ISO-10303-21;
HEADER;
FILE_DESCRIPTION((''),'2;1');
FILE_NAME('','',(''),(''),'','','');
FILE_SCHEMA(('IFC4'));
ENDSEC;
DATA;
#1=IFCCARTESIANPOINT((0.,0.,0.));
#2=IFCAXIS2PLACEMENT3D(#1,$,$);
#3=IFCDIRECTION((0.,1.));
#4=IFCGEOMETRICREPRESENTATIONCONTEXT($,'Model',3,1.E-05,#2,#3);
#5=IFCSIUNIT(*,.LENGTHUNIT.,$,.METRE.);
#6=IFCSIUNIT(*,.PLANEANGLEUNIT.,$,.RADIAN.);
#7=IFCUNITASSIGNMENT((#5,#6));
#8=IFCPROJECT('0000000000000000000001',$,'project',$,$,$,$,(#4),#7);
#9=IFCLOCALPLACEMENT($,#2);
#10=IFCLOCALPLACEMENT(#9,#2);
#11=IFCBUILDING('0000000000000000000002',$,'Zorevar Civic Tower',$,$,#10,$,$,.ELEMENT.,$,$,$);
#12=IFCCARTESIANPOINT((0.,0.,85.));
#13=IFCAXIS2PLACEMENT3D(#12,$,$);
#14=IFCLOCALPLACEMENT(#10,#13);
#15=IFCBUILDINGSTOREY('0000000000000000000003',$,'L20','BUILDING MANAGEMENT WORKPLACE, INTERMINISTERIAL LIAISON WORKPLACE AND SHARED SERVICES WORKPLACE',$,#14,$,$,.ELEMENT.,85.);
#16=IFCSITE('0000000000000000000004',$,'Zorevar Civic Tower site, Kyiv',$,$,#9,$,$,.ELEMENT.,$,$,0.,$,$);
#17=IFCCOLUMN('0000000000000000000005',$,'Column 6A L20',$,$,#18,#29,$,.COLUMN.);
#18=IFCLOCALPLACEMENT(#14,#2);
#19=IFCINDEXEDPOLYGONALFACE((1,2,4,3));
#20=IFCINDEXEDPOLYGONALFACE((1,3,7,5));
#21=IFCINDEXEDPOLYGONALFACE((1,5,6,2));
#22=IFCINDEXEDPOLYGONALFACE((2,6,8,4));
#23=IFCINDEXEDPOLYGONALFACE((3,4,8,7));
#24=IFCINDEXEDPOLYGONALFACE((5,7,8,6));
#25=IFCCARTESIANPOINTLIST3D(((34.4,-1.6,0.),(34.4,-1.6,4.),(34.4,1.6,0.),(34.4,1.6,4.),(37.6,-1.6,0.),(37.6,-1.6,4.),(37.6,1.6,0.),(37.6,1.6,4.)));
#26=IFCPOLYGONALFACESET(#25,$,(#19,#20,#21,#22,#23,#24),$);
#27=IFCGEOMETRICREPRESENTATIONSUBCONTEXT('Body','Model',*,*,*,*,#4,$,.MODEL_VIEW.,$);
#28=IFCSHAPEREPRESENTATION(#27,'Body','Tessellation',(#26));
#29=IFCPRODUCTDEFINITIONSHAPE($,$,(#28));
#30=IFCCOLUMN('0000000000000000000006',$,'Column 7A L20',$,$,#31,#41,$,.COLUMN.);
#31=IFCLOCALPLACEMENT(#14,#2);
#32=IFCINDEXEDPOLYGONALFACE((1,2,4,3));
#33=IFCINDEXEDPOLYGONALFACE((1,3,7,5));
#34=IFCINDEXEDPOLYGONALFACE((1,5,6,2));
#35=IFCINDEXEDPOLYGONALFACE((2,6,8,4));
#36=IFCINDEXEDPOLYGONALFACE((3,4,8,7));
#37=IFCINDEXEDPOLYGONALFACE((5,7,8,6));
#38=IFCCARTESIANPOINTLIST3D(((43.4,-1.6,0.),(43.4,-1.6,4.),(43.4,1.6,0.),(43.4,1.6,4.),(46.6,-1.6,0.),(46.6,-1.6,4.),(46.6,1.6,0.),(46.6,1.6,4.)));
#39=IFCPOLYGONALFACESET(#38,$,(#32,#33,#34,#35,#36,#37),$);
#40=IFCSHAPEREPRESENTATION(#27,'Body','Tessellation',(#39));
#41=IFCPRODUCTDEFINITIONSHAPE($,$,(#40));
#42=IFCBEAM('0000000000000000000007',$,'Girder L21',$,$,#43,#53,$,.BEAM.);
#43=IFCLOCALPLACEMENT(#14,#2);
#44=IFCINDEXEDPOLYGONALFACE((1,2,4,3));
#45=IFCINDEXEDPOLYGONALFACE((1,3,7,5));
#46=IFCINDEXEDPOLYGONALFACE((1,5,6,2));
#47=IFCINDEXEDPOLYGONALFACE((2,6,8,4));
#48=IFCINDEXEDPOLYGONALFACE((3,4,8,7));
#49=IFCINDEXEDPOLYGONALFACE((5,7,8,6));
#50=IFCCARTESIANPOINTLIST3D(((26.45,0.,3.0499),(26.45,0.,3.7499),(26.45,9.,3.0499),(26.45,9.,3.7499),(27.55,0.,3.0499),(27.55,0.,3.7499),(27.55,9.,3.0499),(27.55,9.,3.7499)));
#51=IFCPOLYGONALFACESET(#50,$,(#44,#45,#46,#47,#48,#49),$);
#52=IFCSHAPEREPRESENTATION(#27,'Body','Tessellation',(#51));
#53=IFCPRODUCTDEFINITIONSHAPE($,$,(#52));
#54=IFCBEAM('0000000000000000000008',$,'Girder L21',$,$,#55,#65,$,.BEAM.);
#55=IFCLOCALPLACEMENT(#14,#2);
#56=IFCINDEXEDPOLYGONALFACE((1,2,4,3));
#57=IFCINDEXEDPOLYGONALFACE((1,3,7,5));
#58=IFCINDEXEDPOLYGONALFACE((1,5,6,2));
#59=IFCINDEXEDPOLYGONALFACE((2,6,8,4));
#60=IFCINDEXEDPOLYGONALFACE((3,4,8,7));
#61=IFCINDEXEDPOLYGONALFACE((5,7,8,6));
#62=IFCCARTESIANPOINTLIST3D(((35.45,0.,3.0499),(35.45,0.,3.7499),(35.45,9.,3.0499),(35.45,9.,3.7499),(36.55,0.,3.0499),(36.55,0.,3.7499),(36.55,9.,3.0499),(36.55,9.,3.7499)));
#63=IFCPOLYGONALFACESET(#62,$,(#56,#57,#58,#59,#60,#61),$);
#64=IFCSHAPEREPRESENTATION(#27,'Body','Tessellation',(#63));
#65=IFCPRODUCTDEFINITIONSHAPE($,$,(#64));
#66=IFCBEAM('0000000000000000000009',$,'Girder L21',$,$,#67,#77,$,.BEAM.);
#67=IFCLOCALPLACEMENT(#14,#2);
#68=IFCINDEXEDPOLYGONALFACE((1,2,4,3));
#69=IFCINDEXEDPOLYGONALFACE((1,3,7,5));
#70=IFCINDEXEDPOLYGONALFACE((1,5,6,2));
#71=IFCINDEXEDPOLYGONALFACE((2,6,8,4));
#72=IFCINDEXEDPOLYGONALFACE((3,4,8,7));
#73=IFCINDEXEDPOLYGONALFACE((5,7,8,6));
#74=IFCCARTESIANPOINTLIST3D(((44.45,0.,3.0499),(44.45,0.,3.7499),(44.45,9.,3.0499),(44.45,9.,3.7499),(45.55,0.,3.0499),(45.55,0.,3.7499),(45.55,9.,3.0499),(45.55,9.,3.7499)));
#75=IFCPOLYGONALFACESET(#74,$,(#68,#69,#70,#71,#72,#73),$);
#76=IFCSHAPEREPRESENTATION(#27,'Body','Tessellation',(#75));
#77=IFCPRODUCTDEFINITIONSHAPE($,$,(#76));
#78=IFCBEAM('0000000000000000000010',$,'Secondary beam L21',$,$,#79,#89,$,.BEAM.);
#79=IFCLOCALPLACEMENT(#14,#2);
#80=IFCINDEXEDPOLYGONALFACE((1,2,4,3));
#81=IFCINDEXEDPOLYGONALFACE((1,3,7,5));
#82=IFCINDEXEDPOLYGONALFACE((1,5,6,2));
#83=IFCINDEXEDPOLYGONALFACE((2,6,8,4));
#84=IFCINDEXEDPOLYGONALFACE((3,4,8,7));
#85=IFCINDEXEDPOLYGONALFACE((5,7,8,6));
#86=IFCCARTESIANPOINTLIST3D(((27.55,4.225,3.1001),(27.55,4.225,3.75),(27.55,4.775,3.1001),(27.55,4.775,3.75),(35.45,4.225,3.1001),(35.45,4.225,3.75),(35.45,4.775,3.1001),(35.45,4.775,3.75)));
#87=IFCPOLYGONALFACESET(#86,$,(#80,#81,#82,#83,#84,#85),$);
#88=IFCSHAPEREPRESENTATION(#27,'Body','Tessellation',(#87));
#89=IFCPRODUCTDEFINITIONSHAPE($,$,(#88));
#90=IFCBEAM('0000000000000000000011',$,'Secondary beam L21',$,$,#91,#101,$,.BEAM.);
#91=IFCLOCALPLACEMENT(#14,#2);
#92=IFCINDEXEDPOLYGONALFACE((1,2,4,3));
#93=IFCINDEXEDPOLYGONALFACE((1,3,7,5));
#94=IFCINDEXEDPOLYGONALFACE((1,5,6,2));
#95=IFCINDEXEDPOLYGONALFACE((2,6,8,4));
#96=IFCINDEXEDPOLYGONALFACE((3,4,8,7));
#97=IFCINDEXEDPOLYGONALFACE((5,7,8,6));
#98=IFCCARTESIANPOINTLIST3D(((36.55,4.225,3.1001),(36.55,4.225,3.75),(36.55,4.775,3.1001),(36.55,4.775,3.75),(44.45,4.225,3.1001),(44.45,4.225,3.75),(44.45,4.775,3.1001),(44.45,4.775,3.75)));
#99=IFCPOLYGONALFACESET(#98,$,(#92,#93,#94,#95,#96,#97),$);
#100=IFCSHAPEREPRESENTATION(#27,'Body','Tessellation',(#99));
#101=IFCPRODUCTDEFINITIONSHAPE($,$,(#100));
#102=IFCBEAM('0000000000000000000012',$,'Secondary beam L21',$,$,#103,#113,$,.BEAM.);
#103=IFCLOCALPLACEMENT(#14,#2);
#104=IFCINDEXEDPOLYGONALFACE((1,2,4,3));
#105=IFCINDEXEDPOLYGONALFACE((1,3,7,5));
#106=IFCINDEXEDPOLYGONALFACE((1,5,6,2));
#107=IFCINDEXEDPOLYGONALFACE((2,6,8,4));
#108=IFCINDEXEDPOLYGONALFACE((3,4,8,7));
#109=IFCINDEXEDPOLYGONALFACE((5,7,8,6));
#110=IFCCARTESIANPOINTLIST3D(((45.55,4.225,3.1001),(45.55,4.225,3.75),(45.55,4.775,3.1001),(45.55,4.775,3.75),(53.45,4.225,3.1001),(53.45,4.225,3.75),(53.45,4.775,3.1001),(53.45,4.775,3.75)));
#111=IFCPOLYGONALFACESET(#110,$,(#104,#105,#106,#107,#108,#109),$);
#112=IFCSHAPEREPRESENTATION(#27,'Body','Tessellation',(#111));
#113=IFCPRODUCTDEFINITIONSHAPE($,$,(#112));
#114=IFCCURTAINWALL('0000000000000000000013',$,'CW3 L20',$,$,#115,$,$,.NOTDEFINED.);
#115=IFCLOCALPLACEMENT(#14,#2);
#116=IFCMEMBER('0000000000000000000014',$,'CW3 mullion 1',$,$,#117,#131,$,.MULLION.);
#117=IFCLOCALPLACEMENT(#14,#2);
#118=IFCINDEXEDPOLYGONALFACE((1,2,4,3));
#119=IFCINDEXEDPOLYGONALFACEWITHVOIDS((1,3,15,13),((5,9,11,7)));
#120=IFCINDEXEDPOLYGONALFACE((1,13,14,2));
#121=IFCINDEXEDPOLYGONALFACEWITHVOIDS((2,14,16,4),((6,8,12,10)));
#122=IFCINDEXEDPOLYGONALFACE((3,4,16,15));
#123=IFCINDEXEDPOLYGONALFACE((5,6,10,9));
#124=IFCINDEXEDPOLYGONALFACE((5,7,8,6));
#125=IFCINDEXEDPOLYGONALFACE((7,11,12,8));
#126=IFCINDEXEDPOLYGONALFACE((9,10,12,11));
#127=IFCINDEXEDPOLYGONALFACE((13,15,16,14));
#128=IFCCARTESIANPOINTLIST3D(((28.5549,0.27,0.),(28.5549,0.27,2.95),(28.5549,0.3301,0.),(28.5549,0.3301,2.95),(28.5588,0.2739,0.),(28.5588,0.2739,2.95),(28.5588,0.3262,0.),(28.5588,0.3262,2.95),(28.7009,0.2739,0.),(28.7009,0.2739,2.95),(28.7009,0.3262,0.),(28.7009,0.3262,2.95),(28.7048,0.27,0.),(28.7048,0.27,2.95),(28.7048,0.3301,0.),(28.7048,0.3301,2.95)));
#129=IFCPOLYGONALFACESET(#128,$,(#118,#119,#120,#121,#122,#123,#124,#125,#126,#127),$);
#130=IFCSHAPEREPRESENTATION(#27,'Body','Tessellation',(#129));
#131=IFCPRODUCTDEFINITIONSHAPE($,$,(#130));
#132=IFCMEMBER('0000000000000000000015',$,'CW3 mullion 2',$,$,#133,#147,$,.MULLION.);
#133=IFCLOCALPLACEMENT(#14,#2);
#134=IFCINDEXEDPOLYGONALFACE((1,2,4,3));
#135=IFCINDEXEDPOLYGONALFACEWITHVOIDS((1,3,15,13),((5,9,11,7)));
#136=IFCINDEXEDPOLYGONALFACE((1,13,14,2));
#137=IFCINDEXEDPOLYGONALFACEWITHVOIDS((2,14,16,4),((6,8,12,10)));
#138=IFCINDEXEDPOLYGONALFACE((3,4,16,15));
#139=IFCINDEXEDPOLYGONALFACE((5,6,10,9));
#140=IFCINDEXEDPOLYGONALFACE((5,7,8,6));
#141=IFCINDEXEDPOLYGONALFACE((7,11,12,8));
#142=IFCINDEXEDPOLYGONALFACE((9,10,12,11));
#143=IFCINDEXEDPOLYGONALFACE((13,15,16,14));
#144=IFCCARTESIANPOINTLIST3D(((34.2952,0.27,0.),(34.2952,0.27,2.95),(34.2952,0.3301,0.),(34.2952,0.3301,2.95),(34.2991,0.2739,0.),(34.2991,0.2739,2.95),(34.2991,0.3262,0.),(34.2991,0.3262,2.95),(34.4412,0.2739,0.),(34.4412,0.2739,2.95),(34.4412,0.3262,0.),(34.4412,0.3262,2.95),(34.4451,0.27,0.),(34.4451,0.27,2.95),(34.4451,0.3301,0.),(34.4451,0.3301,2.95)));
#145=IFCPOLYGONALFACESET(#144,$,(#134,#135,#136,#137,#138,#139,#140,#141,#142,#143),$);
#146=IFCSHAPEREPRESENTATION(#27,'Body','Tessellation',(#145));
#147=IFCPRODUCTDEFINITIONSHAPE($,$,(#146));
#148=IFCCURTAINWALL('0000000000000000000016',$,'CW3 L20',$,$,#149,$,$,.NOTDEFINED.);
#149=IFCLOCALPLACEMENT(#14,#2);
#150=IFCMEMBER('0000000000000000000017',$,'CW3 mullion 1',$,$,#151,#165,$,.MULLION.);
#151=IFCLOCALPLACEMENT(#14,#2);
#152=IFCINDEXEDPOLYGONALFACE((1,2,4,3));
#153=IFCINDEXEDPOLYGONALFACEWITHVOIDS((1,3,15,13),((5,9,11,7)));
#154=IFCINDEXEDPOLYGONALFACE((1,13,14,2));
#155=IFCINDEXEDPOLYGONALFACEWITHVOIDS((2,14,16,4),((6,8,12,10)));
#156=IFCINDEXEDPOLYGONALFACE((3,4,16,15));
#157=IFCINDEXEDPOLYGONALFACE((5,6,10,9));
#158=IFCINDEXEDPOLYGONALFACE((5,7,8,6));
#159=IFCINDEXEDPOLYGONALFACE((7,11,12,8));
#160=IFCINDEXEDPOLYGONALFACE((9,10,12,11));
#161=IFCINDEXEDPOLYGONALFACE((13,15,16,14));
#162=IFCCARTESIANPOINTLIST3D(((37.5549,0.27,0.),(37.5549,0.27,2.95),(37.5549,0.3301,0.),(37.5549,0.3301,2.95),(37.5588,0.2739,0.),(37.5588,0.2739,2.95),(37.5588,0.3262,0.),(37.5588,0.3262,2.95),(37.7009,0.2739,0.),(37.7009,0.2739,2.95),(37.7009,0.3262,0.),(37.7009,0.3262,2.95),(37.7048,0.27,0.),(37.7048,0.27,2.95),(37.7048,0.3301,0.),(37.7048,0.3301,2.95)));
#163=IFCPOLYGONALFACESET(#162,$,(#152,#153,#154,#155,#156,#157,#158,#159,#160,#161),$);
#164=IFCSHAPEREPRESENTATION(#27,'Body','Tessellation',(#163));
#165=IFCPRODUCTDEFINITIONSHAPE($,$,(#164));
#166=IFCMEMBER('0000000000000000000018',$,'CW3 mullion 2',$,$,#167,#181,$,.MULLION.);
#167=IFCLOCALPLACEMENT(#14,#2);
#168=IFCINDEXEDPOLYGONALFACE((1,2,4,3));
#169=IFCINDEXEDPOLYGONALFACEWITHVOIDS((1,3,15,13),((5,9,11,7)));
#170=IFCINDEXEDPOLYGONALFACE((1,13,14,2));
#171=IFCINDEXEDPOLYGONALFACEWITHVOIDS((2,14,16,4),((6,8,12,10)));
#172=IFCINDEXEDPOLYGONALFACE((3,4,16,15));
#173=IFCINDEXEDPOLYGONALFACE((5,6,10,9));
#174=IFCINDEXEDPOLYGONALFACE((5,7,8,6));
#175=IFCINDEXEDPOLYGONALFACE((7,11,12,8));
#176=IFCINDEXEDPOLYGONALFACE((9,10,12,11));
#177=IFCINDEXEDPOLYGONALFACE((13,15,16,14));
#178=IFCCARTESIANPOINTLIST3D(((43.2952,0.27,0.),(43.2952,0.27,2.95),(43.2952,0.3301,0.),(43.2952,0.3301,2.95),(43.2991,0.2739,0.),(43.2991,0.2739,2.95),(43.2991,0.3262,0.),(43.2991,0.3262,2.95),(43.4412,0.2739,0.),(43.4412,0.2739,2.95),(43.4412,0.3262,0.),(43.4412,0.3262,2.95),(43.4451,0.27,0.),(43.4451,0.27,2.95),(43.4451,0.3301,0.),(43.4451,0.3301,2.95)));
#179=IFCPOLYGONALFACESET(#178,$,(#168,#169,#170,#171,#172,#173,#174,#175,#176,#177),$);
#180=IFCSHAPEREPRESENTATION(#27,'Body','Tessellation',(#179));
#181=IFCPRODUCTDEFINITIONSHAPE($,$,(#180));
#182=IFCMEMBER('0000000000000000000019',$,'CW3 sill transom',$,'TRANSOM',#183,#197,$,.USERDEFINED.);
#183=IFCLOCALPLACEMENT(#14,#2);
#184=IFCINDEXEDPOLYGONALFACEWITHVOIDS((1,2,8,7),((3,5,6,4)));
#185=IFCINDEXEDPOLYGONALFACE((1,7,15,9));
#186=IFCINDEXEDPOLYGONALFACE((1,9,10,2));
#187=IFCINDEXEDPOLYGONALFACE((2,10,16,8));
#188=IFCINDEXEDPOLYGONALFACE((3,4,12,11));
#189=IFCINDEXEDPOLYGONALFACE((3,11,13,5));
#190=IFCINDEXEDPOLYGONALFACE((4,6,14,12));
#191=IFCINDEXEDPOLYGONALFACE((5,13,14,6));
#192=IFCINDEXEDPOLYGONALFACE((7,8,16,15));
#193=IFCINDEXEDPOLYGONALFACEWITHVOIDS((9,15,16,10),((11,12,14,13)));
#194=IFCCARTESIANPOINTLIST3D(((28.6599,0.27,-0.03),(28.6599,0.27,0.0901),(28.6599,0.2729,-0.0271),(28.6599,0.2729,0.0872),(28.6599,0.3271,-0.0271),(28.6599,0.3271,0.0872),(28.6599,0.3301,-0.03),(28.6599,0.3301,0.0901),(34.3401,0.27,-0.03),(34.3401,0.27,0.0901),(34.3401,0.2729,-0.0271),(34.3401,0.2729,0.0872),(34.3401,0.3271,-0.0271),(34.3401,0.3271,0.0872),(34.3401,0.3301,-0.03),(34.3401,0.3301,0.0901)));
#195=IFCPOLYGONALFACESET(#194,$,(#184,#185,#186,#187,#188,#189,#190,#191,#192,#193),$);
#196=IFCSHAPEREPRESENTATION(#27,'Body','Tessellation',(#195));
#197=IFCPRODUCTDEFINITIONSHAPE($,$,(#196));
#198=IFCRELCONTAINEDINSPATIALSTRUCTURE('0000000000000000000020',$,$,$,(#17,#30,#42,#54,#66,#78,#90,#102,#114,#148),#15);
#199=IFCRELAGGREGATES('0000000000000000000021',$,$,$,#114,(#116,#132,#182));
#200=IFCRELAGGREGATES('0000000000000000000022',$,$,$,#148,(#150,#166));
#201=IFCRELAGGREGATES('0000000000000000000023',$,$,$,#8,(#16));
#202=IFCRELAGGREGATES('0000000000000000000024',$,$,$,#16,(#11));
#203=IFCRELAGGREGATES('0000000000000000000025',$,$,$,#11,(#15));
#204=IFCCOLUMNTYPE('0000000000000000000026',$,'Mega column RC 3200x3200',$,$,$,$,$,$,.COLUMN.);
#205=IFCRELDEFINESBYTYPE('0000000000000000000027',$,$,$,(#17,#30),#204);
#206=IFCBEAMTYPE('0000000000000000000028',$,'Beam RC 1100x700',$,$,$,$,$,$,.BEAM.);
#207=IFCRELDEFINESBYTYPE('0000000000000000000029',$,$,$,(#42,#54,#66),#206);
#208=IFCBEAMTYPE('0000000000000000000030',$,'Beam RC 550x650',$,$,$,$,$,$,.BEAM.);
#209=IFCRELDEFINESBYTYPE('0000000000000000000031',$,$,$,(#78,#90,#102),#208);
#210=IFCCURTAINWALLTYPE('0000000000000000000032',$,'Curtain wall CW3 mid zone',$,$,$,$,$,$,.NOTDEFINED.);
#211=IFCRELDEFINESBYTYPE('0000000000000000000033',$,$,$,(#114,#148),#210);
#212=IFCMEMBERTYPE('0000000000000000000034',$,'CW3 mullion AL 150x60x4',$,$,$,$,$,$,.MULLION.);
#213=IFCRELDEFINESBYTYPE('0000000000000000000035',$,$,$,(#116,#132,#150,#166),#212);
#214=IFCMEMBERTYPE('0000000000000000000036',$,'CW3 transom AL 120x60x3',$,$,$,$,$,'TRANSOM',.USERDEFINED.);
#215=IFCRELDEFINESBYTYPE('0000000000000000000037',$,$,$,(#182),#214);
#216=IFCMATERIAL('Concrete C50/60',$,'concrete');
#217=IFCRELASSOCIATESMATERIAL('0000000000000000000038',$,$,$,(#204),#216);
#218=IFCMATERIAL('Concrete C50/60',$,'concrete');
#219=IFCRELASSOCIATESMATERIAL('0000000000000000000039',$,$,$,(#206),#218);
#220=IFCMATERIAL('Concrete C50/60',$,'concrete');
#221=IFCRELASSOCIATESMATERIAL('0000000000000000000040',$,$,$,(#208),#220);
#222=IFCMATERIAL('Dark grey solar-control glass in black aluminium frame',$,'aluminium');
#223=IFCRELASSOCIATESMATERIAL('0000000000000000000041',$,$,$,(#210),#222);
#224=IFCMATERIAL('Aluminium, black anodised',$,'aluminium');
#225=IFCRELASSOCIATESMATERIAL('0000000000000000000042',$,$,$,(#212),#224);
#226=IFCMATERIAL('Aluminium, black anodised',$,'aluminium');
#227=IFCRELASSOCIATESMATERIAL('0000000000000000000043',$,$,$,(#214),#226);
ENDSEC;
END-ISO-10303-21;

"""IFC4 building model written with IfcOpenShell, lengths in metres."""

from ifc_helpers import new_model, si_unit, direction, frame, origin, origin_2d, place, context, subcontext, project, spatial, rectangle, hollow_rectangle, extrude, material, material_profile, profile_set, type_object, element, aggregate, save


model = new_model("IFC4")

# Units and contexts
model_context = context("Model", 3, precision=1e-05, world=origin(), true_north=direction((0.0, 1.0)))
body_context = subcontext(model_context, "Body", "Model", "MODEL_VIEW")
ifc_project = project(units=[si_unit("LENGTHUNIT", "METRE"), si_unit("PLANEANGLEUNIT", "RADIAN")], contexts=[model_context])

# Site, building, storey
site_placement = place(None, origin())
site = spatial("IfcSite", under=ifc_project, at=site_placement, Name="Zorevar Civic Tower site, Kyiv", CompositionType="ELEMENT", RefElevation=0.0)
building_placement = place(site_placement, origin())
building = spatial("IfcBuilding", under=site, at=building_placement, Name="Zorevar Civic Tower", CompositionType="ELEMENT")
storey_placement = place(building_placement, frame((0.0, 0.0, 85.0)))
storey = spatial("IfcBuildingStorey", under=building, at=storey_placement, Name="L20", Description="BUILDING MANAGEMENT WORKPLACE, INTERMINISTERIAL LIAISON WORKPLACE AND SHARED SERVICES WORKPLACE", CompositionType="ELEMENT", Elevation=85.0)

# Columns
ifc_material_1 = material(Name="Concrete C50/60", Category="concrete")
ifc_material_profile_1 = material_profile(ifc_material_1, rectangle(XDim=3.2, YDim=3.2, at=origin_2d()), Name="RC 3200x3200")
ifc_profile_set_1 = profile_set([ifc_material_profile_1], Name="Concrete C50/60")
column_type = type_object("IfcColumnType", Name="Mega column RC 3200x3200", PredefinedType="COLUMN", material=ifc_profile_set_1)
for number, where, z_axis, x_axis, name in (
    (1, (36.0, 0.0, 0.0), (0.0, 0.0, 1.0), (1.0, 0.0, 0.0), "Column 6A L20"),
    (2, (45.0, 0.0, 0.0), (0.0, 0.0, 1.0), (1.0, 0.0, 0.0), "Column 7A L20"),
):
    element("IfcColumn", number, at=place(storey_placement, frame(where, z_axis=z_axis, x_axis=x_axis)), inside=storey, type_object=column_type, Name=name, PredefinedType="COLUMN", context=body_context, shape_type="SweptSolid", body=[
        extrude(rectangle(XDim=3.2, YDim=3.2, at=origin_2d()), origin(), (0.0, 0.0, 1.0), 4.0),
    ])

# Beams
ifc_material_2 = material(Name="Concrete C50/60", Category="concrete")
ifc_material_profile_2 = material_profile(ifc_material_2, rectangle(XDim=1.1001, YDim=0.7, at=origin_2d()), Name="RC 1100x700")
ifc_profile_set_2 = profile_set([ifc_material_profile_2], Name="Concrete C50/60")
beam_type_1 = type_object("IfcBeamType", Name="Beam RC 1100x700", PredefinedType="BEAM", material=ifc_profile_set_2)
for number, where, z_axis, x_axis, name in (
    (3, (27.0, 0.0, 3.3999), (0.0, 1.0, 0.0), (-1.0, 0.0, 0.0), "Girder L21"),
    (4, (36.0, 0.0, 3.3999), (0.0, 1.0, 0.0), (-1.0, 0.0, 0.0), "Girder L21"),
    (5, (45.0, 0.0, 3.3999), (0.0, 1.0, 0.0), (-1.0, 0.0, 0.0), "Girder L21"),
):
    element("IfcBeam", number, at=place(storey_placement, frame(where, z_axis=z_axis, x_axis=x_axis)), inside=storey, type_object=beam_type_1, Name=name, PredefinedType="BEAM", context=body_context, shape_type="SweptSolid", body=[
        extrude(rectangle(XDim=1.1001, YDim=0.7, at=origin_2d()), origin(), (0.0, 0.0, 1.0), 9.0),
    ])
ifc_material_3 = material(Name="Concrete C50/60", Category="concrete")
ifc_material_profile_3 = material_profile(ifc_material_3, rectangle(XDim=0.55, YDim=0.6499, at=origin_2d()), Name="RC 550x650")
ifc_profile_set_3 = profile_set([ifc_material_profile_3], Name="Concrete C50/60")
beam_type_2 = type_object("IfcBeamType", Name="Beam RC 550x650", PredefinedType="BEAM", material=ifc_profile_set_3)
for number, where, z_axis, x_axis, name in (
    (6, (27.55, 4.5, 3.425), (1.0, 0.0, 0.0), (0.0, 1.0, 0.0), "Secondary beam L21"),
    (7, (36.55, 4.5, 3.425), (1.0, 0.0, 0.0), (0.0, 1.0, 0.0), "Secondary beam L21"),
    (8, (45.55, 4.5, 3.425), (1.0, 0.0, 0.0), (0.0, 1.0, 0.0), "Secondary beam L21"),
):
    element("IfcBeam", number, at=place(storey_placement, frame(where, z_axis=z_axis, x_axis=x_axis)), inside=storey, type_object=beam_type_2, Name=name, PredefinedType="BEAM", context=body_context, shape_type="SweptSolid", body=[
        extrude(rectangle(XDim=0.55, YDim=0.6499, at=origin_2d()), origin(), (0.0, 0.0, 1.0), 7.8999),
    ])

# Curtain walls, members
ifc_material_4 = material(Name="Dark grey solar-control glass in black aluminium frame", Category="aluminium")
curtain_wall_type = type_object("IfcCurtainWallType", Name="Curtain wall CW3 mid zone", PredefinedType="NOTDEFINED", material=ifc_material_4)
curtain_wall_1_placement = place(storey_placement, origin())
curtain_wall_1 = element("IfcCurtainWall", 9, at=curtain_wall_1_placement, inside=storey, type_object=curtain_wall_type, Name="CW3 L20", PredefinedType="NOTDEFINED")
ifc_material_5 = material(Name="Aluminium, black anodised", Category="aluminium")
ifc_material_profile_4 = material_profile(ifc_material_5, hollow_rectangle(XDim=0.0601, YDim=0.1499, WallThickness=0.0039, at=origin_2d()), Name="AL 150x60x4")
ifc_profile_set_4 = profile_set([ifc_material_profile_4], Name="Aluminium, black anodised")
member_type_1 = type_object("IfcMemberType", Name="CW3 mullion AL 150x60x4", PredefinedType="MULLION", material=ifc_profile_set_4)
member_1_placement = place(storey_placement, frame((28.6299, 0.3, 0.0), z_axis=(0.0, 0.0, 1.0), x_axis=(0.0, 1.0, 0.0)))
member_1 = element("IfcMember", 10, at=member_1_placement, type_object=member_type_1, Name="CW3 mullion 1", PredefinedType="MULLION", context=body_context, shape_type="SweptSolid", body=[
    extrude(hollow_rectangle(XDim=0.0601, YDim=0.1499, WallThickness=0.0039, at=origin_2d()), origin(), (0.0, 0.0, 1.0), 2.95),
])
member_2_placement = place(storey_placement, frame((34.3701, 0.3, 0.0), z_axis=(0.0, 0.0, 1.0), x_axis=(0.0, 1.0, 0.0)))
member_2 = element("IfcMember", 11, at=member_2_placement, type_object=member_type_1, Name="CW3 mullion 2", PredefinedType="MULLION", context=body_context, shape_type="SweptSolid", body=[
    extrude(hollow_rectangle(XDim=0.0601, YDim=0.1499, WallThickness=0.0039, at=origin_2d()), origin(), (0.0, 0.0, 1.0), 2.95),
])
curtain_wall_2_placement = place(storey_placement, origin())
curtain_wall_2 = element("IfcCurtainWall", 12, at=curtain_wall_2_placement, inside=storey, type_object=curtain_wall_type, Name="CW3 L20", PredefinedType="NOTDEFINED")
member_3_placement = place(storey_placement, frame((37.6299, 0.3, 0.0), z_axis=(0.0, 0.0, 1.0), x_axis=(0.0, 1.0, 0.0)))
member_3 = element("IfcMember", 13, at=member_3_placement, type_object=member_type_1, Name="CW3 mullion 1", PredefinedType="MULLION", context=body_context, shape_type="SweptSolid", body=[
    extrude(hollow_rectangle(XDim=0.0601, YDim=0.1499, WallThickness=0.0039, at=origin_2d()), origin(), (0.0, 0.0, 1.0), 2.95),
])
member_4_placement = place(storey_placement, frame((43.3701, 0.3, 0.0), z_axis=(0.0, 0.0, 1.0), x_axis=(0.0, 1.0, 0.0)))
member_4 = element("IfcMember", 14, at=member_4_placement, type_object=member_type_1, Name="CW3 mullion 2", PredefinedType="MULLION", context=body_context, shape_type="SweptSolid", body=[
    extrude(hollow_rectangle(XDim=0.0601, YDim=0.1499, WallThickness=0.0039, at=origin_2d()), origin(), (0.0, 0.0, 1.0), 2.95),
])

# Member
ifc_material_6 = material(Name="Aluminium, black anodised", Category="aluminium")
ifc_material_profile_5 = material_profile(ifc_material_6, hollow_rectangle(XDim=0.0601, YDim=0.1201, WallThickness=0.0029, at=origin_2d()), Name="AL 120x60x3")
ifc_profile_set_5 = profile_set([ifc_material_profile_5], Name="Aluminium, black anodised")
member_type_2 = type_object("IfcMemberType", Name="CW3 transom AL 120x60x3", ElementType="TRANSOM", PredefinedType="USERDEFINED", material=ifc_profile_set_5)
member_5_placement = place(storey_placement, frame((28.6599, 0.3, 0.03), z_axis=(1.0, 0.0, 0.0), x_axis=(0.0, 1.0, 0.0)))
member_5 = element("IfcMember", 15, at=member_5_placement, type_object=member_type_2, Name="CW3 sill transom", ObjectType="TRANSOM", PredefinedType="USERDEFINED", context=body_context, shape_type="SweptSolid", body=[
    extrude(hollow_rectangle(XDim=0.0601, YDim=0.1201, WallThickness=0.0029, at=origin_2d()), origin(), (0.0, 0.0, 1.0), 5.6802),
])

aggregate(curtain_wall_1, [member_1, member_2, member_5])
aggregate(curtain_wall_2, [member_3, member_4])

save(model, "model.ifc")
